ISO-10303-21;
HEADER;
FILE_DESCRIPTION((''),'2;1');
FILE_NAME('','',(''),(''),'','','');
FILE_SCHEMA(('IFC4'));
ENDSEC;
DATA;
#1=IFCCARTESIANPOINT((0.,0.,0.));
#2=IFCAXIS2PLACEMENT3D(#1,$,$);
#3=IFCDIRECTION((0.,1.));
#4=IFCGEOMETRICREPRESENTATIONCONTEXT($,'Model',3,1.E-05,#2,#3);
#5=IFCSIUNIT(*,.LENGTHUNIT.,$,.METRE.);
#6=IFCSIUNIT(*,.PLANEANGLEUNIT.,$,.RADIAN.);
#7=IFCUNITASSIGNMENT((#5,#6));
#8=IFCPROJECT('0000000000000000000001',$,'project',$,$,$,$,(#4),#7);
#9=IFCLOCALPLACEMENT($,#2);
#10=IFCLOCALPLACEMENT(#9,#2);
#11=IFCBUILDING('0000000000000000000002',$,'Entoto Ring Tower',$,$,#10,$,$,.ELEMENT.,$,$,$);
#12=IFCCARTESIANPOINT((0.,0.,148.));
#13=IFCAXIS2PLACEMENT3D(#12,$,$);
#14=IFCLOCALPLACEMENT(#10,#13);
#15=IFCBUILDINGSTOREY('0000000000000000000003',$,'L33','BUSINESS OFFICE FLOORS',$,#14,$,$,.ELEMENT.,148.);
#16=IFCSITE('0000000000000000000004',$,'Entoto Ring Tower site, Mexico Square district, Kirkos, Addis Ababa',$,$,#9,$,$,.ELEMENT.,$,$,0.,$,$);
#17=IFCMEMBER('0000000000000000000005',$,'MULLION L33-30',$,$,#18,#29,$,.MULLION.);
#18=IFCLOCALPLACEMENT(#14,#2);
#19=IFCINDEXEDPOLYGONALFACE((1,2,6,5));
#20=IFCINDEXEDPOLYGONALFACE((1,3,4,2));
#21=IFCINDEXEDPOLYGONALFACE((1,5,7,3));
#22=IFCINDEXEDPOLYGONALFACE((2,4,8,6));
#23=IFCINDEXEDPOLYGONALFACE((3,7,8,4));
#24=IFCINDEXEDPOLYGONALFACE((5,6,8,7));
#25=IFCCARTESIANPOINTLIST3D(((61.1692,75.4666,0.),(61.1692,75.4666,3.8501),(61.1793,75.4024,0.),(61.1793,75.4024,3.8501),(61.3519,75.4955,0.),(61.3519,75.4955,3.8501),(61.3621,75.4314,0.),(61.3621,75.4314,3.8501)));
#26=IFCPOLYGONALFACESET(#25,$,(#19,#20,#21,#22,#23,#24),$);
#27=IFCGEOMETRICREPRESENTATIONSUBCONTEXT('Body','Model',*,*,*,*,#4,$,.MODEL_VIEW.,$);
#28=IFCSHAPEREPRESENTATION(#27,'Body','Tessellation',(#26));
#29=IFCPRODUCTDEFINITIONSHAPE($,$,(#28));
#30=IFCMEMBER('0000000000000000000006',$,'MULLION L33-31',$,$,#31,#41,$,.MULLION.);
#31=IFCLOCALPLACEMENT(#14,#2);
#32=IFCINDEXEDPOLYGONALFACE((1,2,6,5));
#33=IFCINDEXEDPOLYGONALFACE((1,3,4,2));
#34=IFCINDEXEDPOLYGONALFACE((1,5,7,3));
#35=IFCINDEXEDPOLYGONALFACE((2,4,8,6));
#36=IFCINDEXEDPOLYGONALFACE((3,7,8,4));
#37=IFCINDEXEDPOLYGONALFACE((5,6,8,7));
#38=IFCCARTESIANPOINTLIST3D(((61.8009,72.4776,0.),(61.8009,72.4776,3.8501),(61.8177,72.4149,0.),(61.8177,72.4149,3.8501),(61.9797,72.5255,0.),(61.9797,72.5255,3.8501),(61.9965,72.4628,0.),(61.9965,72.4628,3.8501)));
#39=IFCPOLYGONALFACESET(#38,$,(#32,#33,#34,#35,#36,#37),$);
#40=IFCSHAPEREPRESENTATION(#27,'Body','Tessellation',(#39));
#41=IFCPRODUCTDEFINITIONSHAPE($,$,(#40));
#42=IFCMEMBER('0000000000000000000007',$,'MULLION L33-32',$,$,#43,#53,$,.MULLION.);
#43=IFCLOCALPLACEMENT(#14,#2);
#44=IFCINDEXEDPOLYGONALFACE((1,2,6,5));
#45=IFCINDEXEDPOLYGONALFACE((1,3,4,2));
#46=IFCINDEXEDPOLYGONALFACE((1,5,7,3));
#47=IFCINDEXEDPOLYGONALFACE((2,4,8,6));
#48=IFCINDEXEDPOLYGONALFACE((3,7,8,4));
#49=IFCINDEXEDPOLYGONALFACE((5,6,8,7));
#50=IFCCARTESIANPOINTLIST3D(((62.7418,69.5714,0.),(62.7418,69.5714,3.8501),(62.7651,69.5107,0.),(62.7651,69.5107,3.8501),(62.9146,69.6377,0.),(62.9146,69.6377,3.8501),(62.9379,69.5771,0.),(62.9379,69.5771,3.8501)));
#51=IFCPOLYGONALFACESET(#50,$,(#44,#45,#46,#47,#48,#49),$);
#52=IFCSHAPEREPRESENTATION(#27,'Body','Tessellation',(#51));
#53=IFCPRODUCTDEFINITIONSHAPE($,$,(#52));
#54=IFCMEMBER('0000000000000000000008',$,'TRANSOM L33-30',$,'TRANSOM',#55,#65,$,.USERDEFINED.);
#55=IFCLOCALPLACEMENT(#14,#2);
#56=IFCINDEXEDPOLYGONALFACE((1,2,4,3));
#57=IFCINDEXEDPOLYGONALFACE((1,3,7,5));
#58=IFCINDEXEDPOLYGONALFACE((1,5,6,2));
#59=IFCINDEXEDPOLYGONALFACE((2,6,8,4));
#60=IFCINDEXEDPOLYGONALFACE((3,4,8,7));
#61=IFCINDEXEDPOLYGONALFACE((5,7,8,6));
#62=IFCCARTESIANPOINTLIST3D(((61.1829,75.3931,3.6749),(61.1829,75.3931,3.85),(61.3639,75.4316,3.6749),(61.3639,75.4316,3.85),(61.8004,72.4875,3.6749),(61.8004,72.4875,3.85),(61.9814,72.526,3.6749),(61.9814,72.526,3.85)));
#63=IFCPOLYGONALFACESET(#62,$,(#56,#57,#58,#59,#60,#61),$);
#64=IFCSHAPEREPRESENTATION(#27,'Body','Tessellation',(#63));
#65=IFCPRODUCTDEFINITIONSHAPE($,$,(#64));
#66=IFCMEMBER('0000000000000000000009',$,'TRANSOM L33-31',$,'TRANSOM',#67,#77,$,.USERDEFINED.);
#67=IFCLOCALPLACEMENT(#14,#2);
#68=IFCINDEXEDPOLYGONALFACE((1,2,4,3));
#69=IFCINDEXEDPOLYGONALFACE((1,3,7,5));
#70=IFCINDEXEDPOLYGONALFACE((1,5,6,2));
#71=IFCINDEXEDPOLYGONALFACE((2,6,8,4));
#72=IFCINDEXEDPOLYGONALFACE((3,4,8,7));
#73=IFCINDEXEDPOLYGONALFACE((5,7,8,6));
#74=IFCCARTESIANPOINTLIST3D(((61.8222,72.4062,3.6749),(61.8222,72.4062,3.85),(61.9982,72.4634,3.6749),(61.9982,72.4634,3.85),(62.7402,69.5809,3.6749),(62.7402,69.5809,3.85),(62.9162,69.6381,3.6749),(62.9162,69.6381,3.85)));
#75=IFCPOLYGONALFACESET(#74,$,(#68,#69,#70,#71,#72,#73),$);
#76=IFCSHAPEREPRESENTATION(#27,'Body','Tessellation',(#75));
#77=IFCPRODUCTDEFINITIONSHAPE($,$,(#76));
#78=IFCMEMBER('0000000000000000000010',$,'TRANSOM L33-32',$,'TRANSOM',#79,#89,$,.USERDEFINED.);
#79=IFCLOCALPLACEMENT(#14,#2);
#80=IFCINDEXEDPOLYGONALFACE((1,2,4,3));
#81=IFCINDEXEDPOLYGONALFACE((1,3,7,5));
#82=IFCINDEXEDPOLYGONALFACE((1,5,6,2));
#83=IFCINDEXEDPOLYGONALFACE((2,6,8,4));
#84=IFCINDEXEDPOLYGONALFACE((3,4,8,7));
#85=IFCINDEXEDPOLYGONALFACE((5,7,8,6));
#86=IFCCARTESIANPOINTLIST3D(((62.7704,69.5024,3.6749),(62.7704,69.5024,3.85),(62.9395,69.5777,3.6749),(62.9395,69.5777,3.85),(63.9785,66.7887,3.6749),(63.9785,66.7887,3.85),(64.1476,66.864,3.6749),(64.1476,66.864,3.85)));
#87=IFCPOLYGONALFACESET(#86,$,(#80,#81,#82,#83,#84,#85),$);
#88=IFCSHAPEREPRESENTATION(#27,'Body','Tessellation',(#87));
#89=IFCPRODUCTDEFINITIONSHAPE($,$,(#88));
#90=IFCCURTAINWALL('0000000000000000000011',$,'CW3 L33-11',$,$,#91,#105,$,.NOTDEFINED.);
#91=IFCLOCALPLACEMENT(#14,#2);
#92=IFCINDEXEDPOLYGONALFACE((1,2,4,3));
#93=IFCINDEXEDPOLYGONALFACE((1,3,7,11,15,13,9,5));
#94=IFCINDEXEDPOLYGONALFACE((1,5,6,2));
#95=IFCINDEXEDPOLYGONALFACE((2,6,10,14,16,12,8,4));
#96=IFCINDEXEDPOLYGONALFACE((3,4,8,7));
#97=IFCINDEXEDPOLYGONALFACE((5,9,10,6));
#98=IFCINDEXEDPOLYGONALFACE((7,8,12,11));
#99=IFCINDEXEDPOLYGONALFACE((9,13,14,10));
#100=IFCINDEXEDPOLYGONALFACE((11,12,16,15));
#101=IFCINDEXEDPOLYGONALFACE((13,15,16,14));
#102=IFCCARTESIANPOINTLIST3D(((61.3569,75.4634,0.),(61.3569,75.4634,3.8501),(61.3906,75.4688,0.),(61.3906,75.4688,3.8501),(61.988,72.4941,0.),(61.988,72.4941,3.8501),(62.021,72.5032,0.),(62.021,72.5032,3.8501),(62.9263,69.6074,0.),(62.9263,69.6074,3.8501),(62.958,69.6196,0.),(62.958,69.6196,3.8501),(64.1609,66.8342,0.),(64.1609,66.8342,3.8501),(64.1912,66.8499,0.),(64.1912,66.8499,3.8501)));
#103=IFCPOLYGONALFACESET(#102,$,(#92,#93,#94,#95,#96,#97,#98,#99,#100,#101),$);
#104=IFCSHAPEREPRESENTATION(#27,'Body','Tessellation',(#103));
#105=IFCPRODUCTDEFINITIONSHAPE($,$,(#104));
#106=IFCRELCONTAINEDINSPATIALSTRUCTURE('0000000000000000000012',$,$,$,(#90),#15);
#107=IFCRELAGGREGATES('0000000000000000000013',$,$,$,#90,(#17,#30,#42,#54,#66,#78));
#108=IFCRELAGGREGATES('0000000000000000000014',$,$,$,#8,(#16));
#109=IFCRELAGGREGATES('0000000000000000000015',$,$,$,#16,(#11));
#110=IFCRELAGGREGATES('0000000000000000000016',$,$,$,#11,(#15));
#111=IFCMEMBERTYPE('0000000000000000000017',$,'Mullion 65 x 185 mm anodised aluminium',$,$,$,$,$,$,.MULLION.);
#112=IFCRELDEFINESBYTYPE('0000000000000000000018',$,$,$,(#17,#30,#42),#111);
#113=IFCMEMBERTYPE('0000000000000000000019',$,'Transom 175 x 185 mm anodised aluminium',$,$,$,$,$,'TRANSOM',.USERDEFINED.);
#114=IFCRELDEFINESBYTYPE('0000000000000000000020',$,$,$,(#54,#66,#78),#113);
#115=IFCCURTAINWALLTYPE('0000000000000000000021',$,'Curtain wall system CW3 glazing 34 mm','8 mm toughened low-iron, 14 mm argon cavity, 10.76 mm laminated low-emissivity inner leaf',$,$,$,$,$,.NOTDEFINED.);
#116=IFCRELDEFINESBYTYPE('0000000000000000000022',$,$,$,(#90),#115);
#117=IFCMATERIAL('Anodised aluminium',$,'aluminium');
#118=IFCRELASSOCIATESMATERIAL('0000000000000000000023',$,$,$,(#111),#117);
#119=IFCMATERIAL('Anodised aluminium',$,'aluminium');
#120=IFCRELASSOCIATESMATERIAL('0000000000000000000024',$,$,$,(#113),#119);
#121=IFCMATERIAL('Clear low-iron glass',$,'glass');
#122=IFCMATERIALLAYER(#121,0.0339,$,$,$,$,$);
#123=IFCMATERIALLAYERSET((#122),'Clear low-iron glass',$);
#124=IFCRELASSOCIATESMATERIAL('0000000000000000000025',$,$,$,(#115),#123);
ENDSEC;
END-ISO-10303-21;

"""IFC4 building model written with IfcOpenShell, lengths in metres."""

from ifc_helpers import new_model, si_unit, direction, frame, origin, origin_2d, place, context, subcontext, project, spatial, polyline, rectangle, outline, extrude, material, layer, layer_set, material_profile, profile_set, type_object, element, aggregate, save


model = new_model("IFC4")

# Units and contexts
model_context = context("Model", 3, precision=1e-05, world=origin(), true_north=direction((0.0, 1.0)))
body_context = subcontext(model_context, "Body", "Model", "MODEL_VIEW")
ifc_project = project(units=[si_unit("LENGTHUNIT", "METRE"), si_unit("PLANEANGLEUNIT", "RADIAN")], contexts=[model_context])

# Members
ifc_material_1 = material(Name="Anodised aluminium", Category="aluminium")
ifc_material_profile_1 = material_profile(ifc_material_1, rectangle(XDim=0.0649, YDim=0.1851, at=origin_2d()), Name="Mullion 65 x 185 mm anodised aluminium")
ifc_profile_set_1 = profile_set([ifc_material_profile_1], Name="Anodised aluminium")
member_type_1 = type_object("IfcMemberType", Name="Mullion 65 x 185 mm anodised aluminium", PredefinedType="MULLION", material=ifc_profile_set_1)
site_placement = place(None, origin())
building_placement = place(site_placement, origin())
storey_placement = place(building_placement, frame((0.0, 0.0, 148.0)))
member_1_placement = place(storey_placement, frame((61.2656, 75.449, 0.0), z_axis=(0.0, 0.0, 1.0), x_axis=(0.156434, -0.987688, 0.0)))
member_1 = element("IfcMember", 1, at=member_1_placement, type_object=member_type_1, Name="MULLION L33-30", PredefinedType="MULLION", context=body_context, shape_type="SweptSolid", body=[
    extrude(rectangle(XDim=0.0649, YDim=0.1851, at=origin_2d()), origin(), (0.0, 0.0, 1.0), 3.8501),
])
member_2_placement = place(storey_placement, frame((61.8987, 72.4702, 0.0), z_axis=(0.0, 0.0, 1.0), x_axis=(0.258819, -0.965926, 0.0)))
member_2 = element("IfcMember", 2, at=member_2_placement, type_object=member_type_1, Name="MULLION L33-31", PredefinedType="MULLION", context=body_context, shape_type="SweptSolid", body=[
    extrude(rectangle(XDim=0.0649, YDim=0.1851, at=origin_2d()), origin(), (0.0, 0.0, 1.0), 3.8501),
])
member_3_placement = place(storey_placement, frame((62.8398, 69.5742, 0.0), z_axis=(0.0, 0.0, 1.0), x_axis=(0.358368, -0.93358, 0.0)))
member_3 = element("IfcMember", 3, at=member_3_placement, type_object=member_type_1, Name="MULLION L33-32", PredefinedType="MULLION", context=body_context, shape_type="SweptSolid", body=[
    extrude(rectangle(XDim=0.0649, YDim=0.1851, at=origin_2d()), origin(), (0.0, 0.0, 1.0), 3.8501),
])
ifc_material_2 = material(Name="Anodised aluminium", Category="aluminium")
ifc_material_profile_2 = material_profile(ifc_material_2, rectangle(XDim=0.1851, YDim=0.175, at=origin_2d()), Name="Transom 175 x 185 mm anodised aluminium")
ifc_profile_set_2 = profile_set([ifc_material_profile_2], Name="Anodised aluminium")
member_type_2 = type_object("IfcMemberType", Name="Transom 175 x 185 mm anodised aluminium", ElementType="TRANSOM", PredefinedType="USERDEFINED", material=ifc_profile_set_2)
member_4_placement = place(storey_placement, frame((61.2734, 75.4124, 3.7625), z_axis=(0.207862, -0.978158, 0.0), x_axis=(0.978158, 0.207862, 0.0)))
member_4 = element("IfcMember", 4, at=member_4_placement, type_object=member_type_2, Name="TRANSOM L33-30", ObjectType="TRANSOM", PredefinedType="USERDEFINED", context=body_context, shape_type="SweptSolid", body=[
    extrude(rectangle(XDim=0.1851, YDim=0.175, at=origin_2d()), origin(), (0.0, 0.0, 1.0), 2.9705),
])
member_5_placement = place(storey_placement, frame((61.9102, 72.4348, 3.7625), z_axis=(0.309019, -0.951056, 0.0), x_axis=(0.951056, 0.309019, 0.0)))
member_5 = element("IfcMember", 5, at=member_5_placement, type_object=member_type_2, Name="TRANSOM L33-31", ObjectType="TRANSOM", PredefinedType="USERDEFINED", context=body_context, shape_type="SweptSolid", body=[
    extrude(rectangle(XDim=0.1851, YDim=0.175, at=origin_2d()), origin(), (0.0, 0.0, 1.0), 2.9707),
])
member_6_placement = place(storey_placement, frame((62.855, 69.54, 3.7625), z_axis=(0.406687, -0.913567, 0.0), x_axis=(0.913567, 0.406687, 0.0)))
member_6 = element("IfcMember", 6, at=member_6_placement, type_object=member_type_2, Name="TRANSOM L33-32", ObjectType="TRANSOM", PredefinedType="USERDEFINED", context=body_context, shape_type="SweptSolid", body=[
    extrude(rectangle(XDim=0.1851, YDim=0.175, at=origin_2d()), origin(), (0.0, 0.0, 1.0), 2.9705),
])

# Site, building, storey
site = spatial("IfcSite", under=ifc_project, at=site_placement, Name="Entoto Ring Tower site, Mexico Square district, Kirkos, Addis Ababa", CompositionType="ELEMENT", RefElevation=0.0)
building = spatial("IfcBuilding", under=site, at=building_placement, Name="Entoto Ring Tower", CompositionType="ELEMENT")
storey = spatial("IfcBuildingStorey", under=building, at=storey_placement, Name="L33", Description="BUSINESS OFFICE FLOORS", CompositionType="ELEMENT", Elevation=148.0)

# Curtain wall
ifc_material_3 = material(Name="Clear low-iron glass", Category="glass")
ifc_layer = layer(ifc_material_3, 0.0339)
ifc_layer_set = layer_set([ifc_layer], Name="Clear low-iron glass")
curtain_wall_type = type_object("IfcCurtainWallType", Name="Curtain wall system CW3 glazing 34 mm", Description="8 mm toughened low-iron, 14 mm argon cavity, 10.76 mm laminated low-emissivity inner leaf", PredefinedType="NOTDEFINED", material=ifc_layer_set)
curtain_wall_1_placement = place(storey_placement, origin())
curtain_wall_1 = element("IfcCurtainWall", 7, at=curtain_wall_1_placement, inside=storey, type_object=curtain_wall_type, Name="CW3 L33-11", PredefinedType="NOTDEFINED", context=body_context, shape_type="SweptSolid", body=[
    extrude(outline(polyline([(61.3569, 75.4634), (61.988, 72.4941), (62.9263, 69.6074), (64.1609, 66.8342), (64.1912, 66.8499), (62.958, 69.6196), (62.021, 72.5032), (61.3906, 75.4688), (61.3569, 75.4634)])), origin(), (0.0, 0.0, 1.0), 3.8501),
])
aggregate(curtain_wall_1, [member_1, member_2, member_3, member_4, member_5, member_6])

save(model, "model.ifc")
